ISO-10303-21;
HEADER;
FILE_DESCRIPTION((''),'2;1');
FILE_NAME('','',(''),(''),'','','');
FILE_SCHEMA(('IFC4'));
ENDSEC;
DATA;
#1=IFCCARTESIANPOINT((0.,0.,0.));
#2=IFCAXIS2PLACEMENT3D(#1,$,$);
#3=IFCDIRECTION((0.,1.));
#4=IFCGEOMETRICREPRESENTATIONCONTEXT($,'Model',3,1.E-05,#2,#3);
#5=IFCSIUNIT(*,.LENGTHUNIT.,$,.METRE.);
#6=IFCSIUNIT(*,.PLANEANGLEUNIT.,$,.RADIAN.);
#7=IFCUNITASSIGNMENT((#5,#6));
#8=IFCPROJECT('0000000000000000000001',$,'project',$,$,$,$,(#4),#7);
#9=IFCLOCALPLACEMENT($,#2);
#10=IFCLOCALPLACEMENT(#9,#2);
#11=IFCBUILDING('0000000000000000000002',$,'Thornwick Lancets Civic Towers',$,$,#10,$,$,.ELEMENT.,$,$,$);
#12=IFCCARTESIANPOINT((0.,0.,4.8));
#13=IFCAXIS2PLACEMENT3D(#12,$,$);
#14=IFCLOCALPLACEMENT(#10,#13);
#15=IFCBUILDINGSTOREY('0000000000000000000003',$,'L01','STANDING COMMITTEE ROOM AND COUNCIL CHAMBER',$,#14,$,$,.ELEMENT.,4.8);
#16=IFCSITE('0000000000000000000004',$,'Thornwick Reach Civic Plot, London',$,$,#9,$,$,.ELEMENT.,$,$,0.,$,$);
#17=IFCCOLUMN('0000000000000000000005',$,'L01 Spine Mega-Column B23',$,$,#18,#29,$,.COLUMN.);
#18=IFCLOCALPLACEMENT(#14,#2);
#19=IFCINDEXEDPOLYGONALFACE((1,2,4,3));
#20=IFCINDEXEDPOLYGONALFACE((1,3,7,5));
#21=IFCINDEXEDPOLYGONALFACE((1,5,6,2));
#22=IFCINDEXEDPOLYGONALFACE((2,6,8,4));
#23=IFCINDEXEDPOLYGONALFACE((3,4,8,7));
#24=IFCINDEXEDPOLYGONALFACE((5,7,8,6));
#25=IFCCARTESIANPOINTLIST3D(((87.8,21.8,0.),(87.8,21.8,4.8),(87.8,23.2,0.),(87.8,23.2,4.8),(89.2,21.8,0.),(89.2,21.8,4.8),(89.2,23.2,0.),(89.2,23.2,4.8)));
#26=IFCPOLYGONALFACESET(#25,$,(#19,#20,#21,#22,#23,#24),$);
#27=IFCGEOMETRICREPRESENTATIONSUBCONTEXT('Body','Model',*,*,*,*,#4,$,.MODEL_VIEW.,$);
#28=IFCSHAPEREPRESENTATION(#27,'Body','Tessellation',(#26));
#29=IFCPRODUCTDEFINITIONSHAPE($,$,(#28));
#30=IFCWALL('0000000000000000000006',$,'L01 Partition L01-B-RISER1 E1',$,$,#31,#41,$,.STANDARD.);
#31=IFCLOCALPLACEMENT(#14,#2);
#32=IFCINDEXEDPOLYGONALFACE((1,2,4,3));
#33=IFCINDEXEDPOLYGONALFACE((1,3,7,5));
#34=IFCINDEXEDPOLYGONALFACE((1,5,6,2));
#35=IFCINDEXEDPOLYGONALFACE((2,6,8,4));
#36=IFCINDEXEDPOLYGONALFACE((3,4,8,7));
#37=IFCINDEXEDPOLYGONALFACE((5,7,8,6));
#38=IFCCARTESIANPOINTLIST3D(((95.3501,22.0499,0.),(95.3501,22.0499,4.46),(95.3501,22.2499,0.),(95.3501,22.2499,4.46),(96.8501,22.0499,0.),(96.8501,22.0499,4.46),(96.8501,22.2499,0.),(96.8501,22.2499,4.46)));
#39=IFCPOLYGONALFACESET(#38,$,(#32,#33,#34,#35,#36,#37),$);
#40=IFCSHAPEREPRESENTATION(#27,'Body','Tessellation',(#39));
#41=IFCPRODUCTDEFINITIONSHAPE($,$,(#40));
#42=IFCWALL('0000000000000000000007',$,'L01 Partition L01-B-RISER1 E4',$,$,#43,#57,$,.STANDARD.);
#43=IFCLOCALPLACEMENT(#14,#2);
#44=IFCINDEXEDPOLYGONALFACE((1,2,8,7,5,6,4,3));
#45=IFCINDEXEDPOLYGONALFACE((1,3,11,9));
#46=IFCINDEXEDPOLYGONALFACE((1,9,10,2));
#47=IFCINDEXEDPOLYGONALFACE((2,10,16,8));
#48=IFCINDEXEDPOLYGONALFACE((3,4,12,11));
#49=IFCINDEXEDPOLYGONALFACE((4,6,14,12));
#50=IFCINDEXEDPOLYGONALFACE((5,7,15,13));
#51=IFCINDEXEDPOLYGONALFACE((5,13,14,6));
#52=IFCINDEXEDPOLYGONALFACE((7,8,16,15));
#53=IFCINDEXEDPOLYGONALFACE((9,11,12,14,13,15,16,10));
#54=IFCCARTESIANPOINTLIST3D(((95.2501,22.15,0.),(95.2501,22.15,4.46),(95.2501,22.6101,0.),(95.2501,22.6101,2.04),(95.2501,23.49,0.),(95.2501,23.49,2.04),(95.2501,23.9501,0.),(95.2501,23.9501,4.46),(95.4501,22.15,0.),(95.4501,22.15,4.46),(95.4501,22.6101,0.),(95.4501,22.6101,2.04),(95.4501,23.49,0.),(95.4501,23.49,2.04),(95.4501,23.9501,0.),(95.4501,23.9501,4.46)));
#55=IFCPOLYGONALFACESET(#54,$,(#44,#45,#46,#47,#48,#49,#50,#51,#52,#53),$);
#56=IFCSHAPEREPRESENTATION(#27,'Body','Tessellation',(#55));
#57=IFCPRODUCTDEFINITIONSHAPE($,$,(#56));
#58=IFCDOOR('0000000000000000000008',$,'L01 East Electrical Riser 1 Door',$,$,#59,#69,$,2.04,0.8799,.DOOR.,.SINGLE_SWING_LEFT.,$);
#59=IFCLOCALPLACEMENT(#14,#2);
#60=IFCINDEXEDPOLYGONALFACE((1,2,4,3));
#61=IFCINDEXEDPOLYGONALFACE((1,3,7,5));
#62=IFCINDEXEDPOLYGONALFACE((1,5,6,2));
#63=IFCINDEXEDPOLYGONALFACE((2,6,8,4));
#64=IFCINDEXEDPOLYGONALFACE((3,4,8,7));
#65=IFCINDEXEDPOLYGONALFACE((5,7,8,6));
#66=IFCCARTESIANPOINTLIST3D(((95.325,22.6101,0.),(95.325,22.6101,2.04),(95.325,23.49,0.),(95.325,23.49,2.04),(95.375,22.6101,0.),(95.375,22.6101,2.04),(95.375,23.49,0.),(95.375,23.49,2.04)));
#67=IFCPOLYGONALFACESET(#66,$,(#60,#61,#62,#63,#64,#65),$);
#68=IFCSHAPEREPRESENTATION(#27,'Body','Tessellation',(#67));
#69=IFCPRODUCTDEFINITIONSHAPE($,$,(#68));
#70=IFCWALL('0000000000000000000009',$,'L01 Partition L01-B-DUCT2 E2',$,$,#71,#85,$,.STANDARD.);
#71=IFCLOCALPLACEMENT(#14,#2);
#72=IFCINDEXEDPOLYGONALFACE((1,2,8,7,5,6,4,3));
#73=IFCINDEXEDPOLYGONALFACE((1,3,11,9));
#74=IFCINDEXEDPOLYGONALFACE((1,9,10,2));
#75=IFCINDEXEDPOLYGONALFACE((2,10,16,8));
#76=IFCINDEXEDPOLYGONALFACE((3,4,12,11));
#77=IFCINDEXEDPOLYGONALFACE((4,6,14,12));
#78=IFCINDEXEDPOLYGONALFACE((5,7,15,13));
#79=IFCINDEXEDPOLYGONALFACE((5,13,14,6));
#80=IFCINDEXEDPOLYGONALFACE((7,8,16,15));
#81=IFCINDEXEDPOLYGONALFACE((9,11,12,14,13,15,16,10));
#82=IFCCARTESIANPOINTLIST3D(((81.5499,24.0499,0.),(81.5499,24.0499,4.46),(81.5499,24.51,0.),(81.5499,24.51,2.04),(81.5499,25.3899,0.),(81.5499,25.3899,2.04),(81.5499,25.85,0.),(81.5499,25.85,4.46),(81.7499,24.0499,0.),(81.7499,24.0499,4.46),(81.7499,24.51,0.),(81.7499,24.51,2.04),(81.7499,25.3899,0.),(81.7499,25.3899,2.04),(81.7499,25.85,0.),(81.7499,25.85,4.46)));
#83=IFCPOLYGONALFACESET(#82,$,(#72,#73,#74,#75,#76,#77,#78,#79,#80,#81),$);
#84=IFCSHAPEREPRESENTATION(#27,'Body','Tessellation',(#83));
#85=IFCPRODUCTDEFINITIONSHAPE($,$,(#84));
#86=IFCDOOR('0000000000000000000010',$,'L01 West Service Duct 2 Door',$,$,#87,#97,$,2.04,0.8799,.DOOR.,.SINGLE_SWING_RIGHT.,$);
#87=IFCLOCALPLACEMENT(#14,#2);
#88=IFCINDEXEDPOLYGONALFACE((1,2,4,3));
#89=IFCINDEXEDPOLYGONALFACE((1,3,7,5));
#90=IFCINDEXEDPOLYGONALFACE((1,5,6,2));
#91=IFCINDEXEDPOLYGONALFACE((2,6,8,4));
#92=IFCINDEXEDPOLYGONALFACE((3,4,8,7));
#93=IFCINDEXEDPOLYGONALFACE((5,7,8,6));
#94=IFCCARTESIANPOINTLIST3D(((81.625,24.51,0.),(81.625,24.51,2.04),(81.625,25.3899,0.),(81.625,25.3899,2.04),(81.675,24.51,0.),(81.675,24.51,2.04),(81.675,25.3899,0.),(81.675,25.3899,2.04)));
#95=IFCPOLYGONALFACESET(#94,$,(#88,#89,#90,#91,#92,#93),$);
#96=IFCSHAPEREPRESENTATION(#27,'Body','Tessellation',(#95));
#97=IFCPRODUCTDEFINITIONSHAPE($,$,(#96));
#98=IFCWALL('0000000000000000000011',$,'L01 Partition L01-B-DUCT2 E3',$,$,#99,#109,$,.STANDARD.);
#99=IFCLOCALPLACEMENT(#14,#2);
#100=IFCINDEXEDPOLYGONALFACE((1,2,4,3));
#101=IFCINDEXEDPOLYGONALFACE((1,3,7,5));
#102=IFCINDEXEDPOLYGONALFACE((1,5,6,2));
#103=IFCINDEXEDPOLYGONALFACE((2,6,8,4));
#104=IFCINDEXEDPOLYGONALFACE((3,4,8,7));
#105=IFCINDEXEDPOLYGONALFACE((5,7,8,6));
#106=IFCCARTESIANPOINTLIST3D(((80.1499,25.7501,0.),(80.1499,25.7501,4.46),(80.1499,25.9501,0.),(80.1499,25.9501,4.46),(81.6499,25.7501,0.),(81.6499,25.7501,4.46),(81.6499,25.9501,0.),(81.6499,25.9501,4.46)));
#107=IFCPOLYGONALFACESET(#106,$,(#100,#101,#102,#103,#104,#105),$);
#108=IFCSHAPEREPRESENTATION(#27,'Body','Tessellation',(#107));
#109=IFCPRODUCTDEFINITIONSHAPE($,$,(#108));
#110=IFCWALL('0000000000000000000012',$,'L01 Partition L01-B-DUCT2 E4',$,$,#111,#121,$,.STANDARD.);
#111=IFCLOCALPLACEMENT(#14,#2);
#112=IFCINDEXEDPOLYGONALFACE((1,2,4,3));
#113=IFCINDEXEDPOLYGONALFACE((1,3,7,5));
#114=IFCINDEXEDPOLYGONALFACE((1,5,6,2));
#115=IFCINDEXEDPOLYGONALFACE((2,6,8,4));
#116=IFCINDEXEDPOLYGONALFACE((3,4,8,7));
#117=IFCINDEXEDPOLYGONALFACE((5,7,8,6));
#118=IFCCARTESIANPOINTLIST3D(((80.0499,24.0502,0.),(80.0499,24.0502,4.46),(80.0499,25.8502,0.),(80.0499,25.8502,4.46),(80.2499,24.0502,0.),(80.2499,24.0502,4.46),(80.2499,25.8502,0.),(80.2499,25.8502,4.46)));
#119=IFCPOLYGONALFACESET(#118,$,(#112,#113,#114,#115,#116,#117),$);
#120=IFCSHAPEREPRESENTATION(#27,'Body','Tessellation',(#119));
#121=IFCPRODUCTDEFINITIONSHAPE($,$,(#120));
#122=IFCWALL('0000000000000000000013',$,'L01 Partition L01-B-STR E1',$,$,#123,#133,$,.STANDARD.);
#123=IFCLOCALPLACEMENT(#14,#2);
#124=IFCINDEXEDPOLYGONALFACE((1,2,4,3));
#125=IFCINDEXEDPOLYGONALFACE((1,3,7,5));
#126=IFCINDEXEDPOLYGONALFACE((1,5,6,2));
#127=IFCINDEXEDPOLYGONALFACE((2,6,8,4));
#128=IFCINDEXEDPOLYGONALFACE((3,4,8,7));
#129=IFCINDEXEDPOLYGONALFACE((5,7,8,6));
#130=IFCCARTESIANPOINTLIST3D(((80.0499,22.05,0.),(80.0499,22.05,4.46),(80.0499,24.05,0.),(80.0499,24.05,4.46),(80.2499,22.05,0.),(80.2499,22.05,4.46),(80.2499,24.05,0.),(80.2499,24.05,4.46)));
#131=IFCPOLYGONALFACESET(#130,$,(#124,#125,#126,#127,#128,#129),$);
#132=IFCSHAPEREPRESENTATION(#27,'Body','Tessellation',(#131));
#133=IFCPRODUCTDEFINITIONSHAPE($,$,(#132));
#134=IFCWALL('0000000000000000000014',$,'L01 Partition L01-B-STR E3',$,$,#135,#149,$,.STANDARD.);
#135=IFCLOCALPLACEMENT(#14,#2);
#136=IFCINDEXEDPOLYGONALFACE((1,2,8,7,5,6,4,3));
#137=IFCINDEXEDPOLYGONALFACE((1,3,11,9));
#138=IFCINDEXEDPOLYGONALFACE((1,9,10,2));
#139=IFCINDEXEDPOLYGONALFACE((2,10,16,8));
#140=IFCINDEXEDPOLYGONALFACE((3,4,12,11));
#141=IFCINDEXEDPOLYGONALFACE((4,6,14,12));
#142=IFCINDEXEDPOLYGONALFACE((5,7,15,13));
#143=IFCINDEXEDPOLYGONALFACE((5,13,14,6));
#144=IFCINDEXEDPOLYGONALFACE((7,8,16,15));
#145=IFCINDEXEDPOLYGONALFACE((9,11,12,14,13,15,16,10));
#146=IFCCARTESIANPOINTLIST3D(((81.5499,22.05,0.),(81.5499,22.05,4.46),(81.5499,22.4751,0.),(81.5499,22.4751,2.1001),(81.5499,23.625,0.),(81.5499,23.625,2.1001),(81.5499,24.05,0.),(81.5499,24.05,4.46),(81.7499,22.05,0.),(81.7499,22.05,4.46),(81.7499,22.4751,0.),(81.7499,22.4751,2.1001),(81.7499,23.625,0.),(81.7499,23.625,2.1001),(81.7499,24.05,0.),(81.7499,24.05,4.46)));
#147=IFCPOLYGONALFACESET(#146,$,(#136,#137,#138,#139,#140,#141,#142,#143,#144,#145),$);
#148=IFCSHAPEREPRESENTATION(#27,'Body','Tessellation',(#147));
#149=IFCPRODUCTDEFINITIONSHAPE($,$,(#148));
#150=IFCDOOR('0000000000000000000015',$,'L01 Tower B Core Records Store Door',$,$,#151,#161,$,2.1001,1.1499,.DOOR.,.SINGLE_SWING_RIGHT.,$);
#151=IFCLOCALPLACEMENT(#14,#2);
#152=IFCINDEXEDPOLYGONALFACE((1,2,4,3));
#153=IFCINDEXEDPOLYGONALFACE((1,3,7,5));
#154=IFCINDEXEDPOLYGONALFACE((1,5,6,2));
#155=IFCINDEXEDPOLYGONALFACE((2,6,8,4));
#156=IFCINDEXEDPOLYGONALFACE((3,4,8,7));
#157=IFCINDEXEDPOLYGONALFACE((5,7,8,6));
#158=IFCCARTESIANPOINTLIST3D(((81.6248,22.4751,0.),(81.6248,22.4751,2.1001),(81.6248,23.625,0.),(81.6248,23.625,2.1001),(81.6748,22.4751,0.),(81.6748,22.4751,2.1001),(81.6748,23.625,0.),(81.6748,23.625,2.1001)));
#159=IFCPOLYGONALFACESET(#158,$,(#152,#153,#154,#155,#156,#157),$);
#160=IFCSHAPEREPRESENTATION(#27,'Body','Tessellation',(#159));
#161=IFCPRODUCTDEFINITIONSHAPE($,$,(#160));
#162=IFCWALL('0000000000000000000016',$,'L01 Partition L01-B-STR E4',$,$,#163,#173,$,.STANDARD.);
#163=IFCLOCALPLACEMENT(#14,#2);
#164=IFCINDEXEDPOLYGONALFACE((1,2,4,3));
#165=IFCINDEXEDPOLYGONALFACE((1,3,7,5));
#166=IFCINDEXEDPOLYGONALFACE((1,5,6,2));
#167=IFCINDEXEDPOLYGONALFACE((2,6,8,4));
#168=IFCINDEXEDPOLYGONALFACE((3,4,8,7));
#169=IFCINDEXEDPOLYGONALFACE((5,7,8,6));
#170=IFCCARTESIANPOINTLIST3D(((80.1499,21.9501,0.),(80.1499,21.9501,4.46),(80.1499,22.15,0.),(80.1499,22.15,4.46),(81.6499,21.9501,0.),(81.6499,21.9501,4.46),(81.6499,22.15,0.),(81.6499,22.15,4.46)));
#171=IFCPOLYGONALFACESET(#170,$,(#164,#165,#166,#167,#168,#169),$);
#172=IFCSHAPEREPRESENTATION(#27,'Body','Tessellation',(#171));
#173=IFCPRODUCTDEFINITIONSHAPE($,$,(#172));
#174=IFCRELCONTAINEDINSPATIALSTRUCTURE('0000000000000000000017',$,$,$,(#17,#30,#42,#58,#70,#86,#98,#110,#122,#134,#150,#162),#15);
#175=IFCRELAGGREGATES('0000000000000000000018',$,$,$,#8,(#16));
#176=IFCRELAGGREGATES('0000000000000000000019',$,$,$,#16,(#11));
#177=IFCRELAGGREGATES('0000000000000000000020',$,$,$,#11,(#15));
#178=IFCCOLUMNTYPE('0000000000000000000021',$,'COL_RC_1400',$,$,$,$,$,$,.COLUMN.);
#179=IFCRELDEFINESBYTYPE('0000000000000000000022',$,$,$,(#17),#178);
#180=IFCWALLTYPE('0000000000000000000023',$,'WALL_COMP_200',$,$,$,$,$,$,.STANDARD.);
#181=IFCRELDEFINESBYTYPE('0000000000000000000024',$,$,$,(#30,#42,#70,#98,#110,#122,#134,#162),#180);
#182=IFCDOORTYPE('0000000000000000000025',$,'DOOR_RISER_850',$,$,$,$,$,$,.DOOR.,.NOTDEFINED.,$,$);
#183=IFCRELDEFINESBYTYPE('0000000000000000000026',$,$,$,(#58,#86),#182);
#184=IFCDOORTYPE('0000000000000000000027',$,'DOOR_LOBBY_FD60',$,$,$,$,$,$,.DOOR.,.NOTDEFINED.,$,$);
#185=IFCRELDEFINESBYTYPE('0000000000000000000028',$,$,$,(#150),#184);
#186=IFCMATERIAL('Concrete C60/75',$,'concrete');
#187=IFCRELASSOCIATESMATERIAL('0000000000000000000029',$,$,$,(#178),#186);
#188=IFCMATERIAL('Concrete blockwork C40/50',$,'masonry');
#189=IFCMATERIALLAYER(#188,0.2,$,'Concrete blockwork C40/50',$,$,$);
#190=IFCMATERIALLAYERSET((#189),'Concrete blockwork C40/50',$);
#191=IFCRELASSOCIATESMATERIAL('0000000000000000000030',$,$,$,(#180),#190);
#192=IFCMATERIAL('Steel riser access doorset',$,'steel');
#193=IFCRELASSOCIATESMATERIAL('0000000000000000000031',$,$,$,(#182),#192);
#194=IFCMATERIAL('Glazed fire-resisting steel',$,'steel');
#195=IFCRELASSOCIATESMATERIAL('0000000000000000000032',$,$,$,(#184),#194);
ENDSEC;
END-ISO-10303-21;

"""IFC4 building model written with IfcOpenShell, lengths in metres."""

from ifc_helpers import new_model, si_unit, direction, frame, frame_2d, origin, origin_2d, place, context, subcontext, project, spatial, rectangle, extrude, material, layer, layer_set, material_profile, profile_set, type_object, element, fill, save


model = new_model("IFC4")

# Units and contexts
model_context = context("Model", 3, precision=1e-05, world=origin(), true_north=direction((0.0, 1.0)))
body_context = subcontext(model_context, "Body", "Model", "MODEL_VIEW")
ifc_project = project(units=[si_unit("LENGTHUNIT", "METRE"), si_unit("PLANEANGLEUNIT", "RADIAN")], contexts=[model_context])

# Site, building, storey
site_placement = place(None, origin())
site = spatial("IfcSite", under=ifc_project, at=site_placement, Name="Thornwick Reach Civic Plot, London", CompositionType="ELEMENT", RefElevation=0.0)
building_placement = place(site_placement, origin())
building = spatial("IfcBuilding", under=site, at=building_placement, Name="Thornwick Lancets Civic Towers", CompositionType="ELEMENT")
storey_placement = place(building_placement, frame((0.0, 0.0, 4.8)))
storey = spatial("IfcBuildingStorey", under=building, at=storey_placement, Name="L01", Description="STANDING COMMITTEE ROOM AND COUNCIL CHAMBER", CompositionType="ELEMENT", Elevation=4.8)

# Column
ifc_material_1 = material(Name="Concrete C60/75", Category="concrete")
ifc_material_profile = material_profile(ifc_material_1, rectangle(XDim=1.3999, YDim=1.3999, at=origin_2d()), Name="RC 1400x1400")
ifc_profile_set = profile_set([ifc_material_profile], Name="Concrete C60/75")
column_type = type_object("IfcColumnType", Name="COL_RC_1400", PredefinedType="COLUMN", material=ifc_profile_set)
column_placement = place(storey_placement, frame((88.5, 22.5, 0.0), z_axis=(0.0, 0.0, 1.0), x_axis=(1.0, 0.0, 0.0)))
element("IfcColumn", 1, at=column_placement, inside=storey, type_object=column_type, Name="L01 Spine Mega-Column B23", PredefinedType="COLUMN", context=body_context, shape_type="SweptSolid", body=[
    extrude(rectangle(XDim=1.3999, YDim=1.3999, at=origin_2d()), origin(), (0.0, 0.0, 1.0), 4.8),
])

# Wall
ifc_material_2 = material(Name="Concrete blockwork C40/50", Category="masonry")
ifc_layer_1 = layer(ifc_material_2, 0.2, Name="Concrete blockwork C40/50")
ifc_layer_set_1 = layer_set([ifc_layer_1], Name="Concrete blockwork C40/50")
wall_type_1 = type_object("IfcWallType", Name="WALL_COMP_200", PredefinedType="STANDARD", material=ifc_layer_set_1)
wall_1_placement = place(storey_placement, frame((95.3501, 22.1499, 0.0), z_axis=(0.0, 0.0, 1.0), x_axis=(1.0, 0.0, 0.0)))
element("IfcWall", 2, at=wall_1_placement, inside=storey, type_object=wall_type_1, Name="L01 Partition L01-B-RISER1 E1", PredefinedType="STANDARD", context=body_context, shape_type="SweptSolid", body=[
    extrude(rectangle(XDim=1.5, YDim=0.2, at=frame_2d((0.75, 0.0))), origin(), (0.0, 0.0, 1.0), 4.46),
])

# Walls, openings, doors
wall_2_placement = place(storey_placement, frame((95.3501, 23.95, 0.0), z_axis=(0.0, 0.0, 1.0), x_axis=(0.0, -1.0, 0.0)))
wall_2 = element("IfcWall", 3, at=wall_2_placement, inside=storey, type_object=wall_type_1, Name="L01 Partition L01-B-RISER1 E4", PredefinedType="STANDARD", context=body_context, shape_type="SweptSolid", body=[
    extrude(rectangle(XDim=1.8, YDim=0.2, at=frame_2d((0.8999, 0.0))), origin(), (0.0, 0.0, 1.0), 4.46),
])
opening_1_placement = place(wall_2_placement, frame((0.46, 0.0, 0.0)))
opening_1 = element("IfcOpeningElement", 4, at=opening_1_placement, cuts=wall_2, PredefinedType="OPENING", context=body_context, shape_type="SweptSolid", body=[
    extrude(rectangle(XDim=0.8799, YDim=2.04, at=frame_2d((0.4399, 1.02))), frame((0.0, 0.1099, 0.0), z_axis=(0.0, -1.0, 0.0), x_axis=(1.0, 0.0, 0.0)), (0.0, 0.0, 1.0), 0.22),
])
ifc_material_3 = material(Name="Steel riser access doorset", Category="steel")
door_type_1 = type_object("IfcDoorType", Name="DOOR_RISER_850", OperationType="NOTDEFINED", PredefinedType="DOOR", material=ifc_material_3)
door_1_placement = place(opening_1_placement, origin())
door_1 = element("IfcDoor", 5, at=door_1_placement, inside=storey, type_object=door_type_1, Name="L01 East Electrical Riser 1 Door", OperationType="SINGLE_SWING_LEFT", OverallHeight=2.04, OverallWidth=0.8799, PredefinedType="DOOR", context=body_context, shape_type="SweptSolid", body=[
    extrude(rectangle(XDim=0.8799, YDim=2.04, at=frame_2d((0.4399, 1.02))), frame((0.0, 0.0249, 0.0), z_axis=(0.0, -1.0, 0.0), x_axis=(1.0, 0.0, 0.0)), (0.0, 0.0, 1.0), 0.05),
])
fill(opening_1, door_1)
wall_3_placement = place(storey_placement, frame((81.6499, 24.05, 0.0), z_axis=(0.0, 0.0, 1.0), x_axis=(0.0, 1.0, 0.0)))
wall_3 = element("IfcWall", 6, at=wall_3_placement, inside=storey, type_object=wall_type_1, Name="L01 Partition L01-B-DUCT2 E2", PredefinedType="STANDARD", context=body_context, shape_type="SweptSolid", body=[
    extrude(rectangle(XDim=1.8, YDim=0.2, at=frame_2d((0.8999, 0.0))), origin(), (0.0, 0.0, 1.0), 4.46),
])
opening_2_placement = place(wall_3_placement, frame((0.46, 0.0, 0.0)))
opening_2 = element("IfcOpeningElement", 7, at=opening_2_placement, cuts=wall_3, PredefinedType="OPENING", context=body_context, shape_type="SweptSolid", body=[
    extrude(rectangle(XDim=0.8799, YDim=2.04, at=frame_2d((0.4399, 1.02))), frame((0.0, 0.1099, 0.0), z_axis=(0.0, -1.0, 0.0), x_axis=(1.0, 0.0, 0.0)), (0.0, 0.0, 1.0), 0.22),
])
door_2_placement = place(opening_2_placement, origin())
door_2 = element("IfcDoor", 8, at=door_2_placement, inside=storey, type_object=door_type_1, Name="L01 West Service Duct 2 Door", OperationType="SINGLE_SWING_RIGHT", OverallHeight=2.04, OverallWidth=0.8799, PredefinedType="DOOR", context=body_context, shape_type="SweptSolid", body=[
    extrude(rectangle(XDim=0.8799, YDim=2.04, at=frame_2d((0.4399, 1.02))), frame((0.0, 0.0249, 0.0), z_axis=(0.0, -1.0, 0.0), x_axis=(1.0, 0.0, 0.0)), (0.0, 0.0, 1.0), 0.05),
])
fill(opening_2, door_2)

# Walls
wall_4_placement = place(storey_placement, frame((81.6499, 25.8501, 0.0), z_axis=(0.0, 0.0, 1.0), x_axis=(-1.0, 0.0, 0.0)))
element("IfcWall", 9, at=wall_4_placement, inside=storey, type_object=wall_type_1, Name="L01 Partition L01-B-DUCT2 E3", PredefinedType="STANDARD", context=body_context, shape_type="SweptSolid", body=[
    extrude(rectangle(XDim=1.5, YDim=0.2, at=frame_2d((0.75, 0.0))), origin(), (0.0, 0.0, 1.0), 4.46),
])
wall_5_placement = place(storey_placement, frame((80.1499, 25.8501, 0.0), z_axis=(0.0, 0.0, 1.0), x_axis=(0.0, -1.0, 0.0)))
element("IfcWall", 10, at=wall_5_placement, inside=storey, type_object=wall_type_1, Name="L01 Partition L01-B-DUCT2 E4", PredefinedType="STANDARD", context=body_context, shape_type="SweptSolid", body=[
    extrude(rectangle(XDim=1.8, YDim=0.2, at=frame_2d((0.8999, 0.0))), origin(), (0.0, 0.0, 1.0), 4.46),
])
wall_6_placement = place(storey_placement, frame((80.1499, 22.05, 0.0), z_axis=(0.0, 0.0, 1.0), x_axis=(0.0, 1.0, 0.0)))
element("IfcWall", 11, at=wall_6_placement, inside=storey, type_object=wall_type_1, Name="L01 Partition L01-B-STR E1", PredefinedType="STANDARD", context=body_context, shape_type="SweptSolid", body=[
    extrude(rectangle(XDim=2.0, YDim=0.2, at=frame_2d((1.0, 0.0))), origin(), (0.0, 0.0, 1.0), 4.46),
])

# Wall, opening, door
wall_7_placement = place(storey_placement, frame((81.6499, 24.05, 0.0), z_axis=(0.0, 0.0, 1.0), x_axis=(0.0, -1.0, 0.0)))
wall_7 = element("IfcWall", 12, at=wall_7_placement, inside=storey, type_object=wall_type_1, Name="L01 Partition L01-B-STR E3", PredefinedType="STANDARD", context=body_context, shape_type="SweptSolid", body=[
    extrude(rectangle(XDim=2.0, YDim=0.2, at=frame_2d((1.0, 0.0))), origin(), (0.0, 0.0, 1.0), 4.46),
])
opening_3_placement = place(wall_7_placement, frame((0.425, 0.0, 0.0)))
opening_3 = element("IfcOpeningElement", 13, at=opening_3_placement, cuts=wall_7, PredefinedType="OPENING", context=body_context, shape_type="SweptSolid", body=[
    extrude(rectangle(XDim=1.1499, YDim=2.1001, at=frame_2d((0.575, 1.05))), frame((0.0, 0.1099, 0.0), z_axis=(0.0, -1.0, 0.0), x_axis=(1.0, 0.0, 0.0)), (0.0, 0.0, 1.0), 0.22),
])
ifc_material_4 = material(Name="Glazed fire-resisting steel", Category="steel")
door_type_2 = type_object("IfcDoorType", Name="DOOR_LOBBY_FD60", OperationType="NOTDEFINED", PredefinedType="DOOR", material=ifc_material_4)
door_3_placement = place(opening_3_placement, origin())
door_3 = element("IfcDoor", 14, at=door_3_placement, inside=storey, type_object=door_type_2, Name="L01 Tower B Core Records Store Door", OperationType="SINGLE_SWING_RIGHT", OverallHeight=2.1001, OverallWidth=1.1499, PredefinedType="DOOR", context=body_context, shape_type="SweptSolid", body=[
    extrude(rectangle(XDim=1.1499, YDim=2.1001, at=frame_2d((0.575, 1.05))), frame((0.0, 0.0249, 0.0), z_axis=(0.0, -1.0, 0.0), x_axis=(1.0, 0.0, 0.0)), (0.0, 0.0, 1.0), 0.05),
])
fill(opening_3, door_3)

# Wall
wall_8_placement = place(storey_placement, frame((81.6499, 22.05, 0.0), z_axis=(0.0, 0.0, 1.0), x_axis=(-1.0, 0.0, 0.0)))
element("IfcWall", 15, at=wall_8_placement, inside=storey, type_object=wall_type_1, Name="L01 Partition L01-B-STR E4", PredefinedType="STANDARD", context=body_context, shape_type="SweptSolid", body=[
    extrude(rectangle(XDim=1.5, YDim=0.2, at=frame_2d((0.75, 0.0))), origin(), (0.0, 0.0, 1.0), 4.46),
])

save(model, "model.ifc")
